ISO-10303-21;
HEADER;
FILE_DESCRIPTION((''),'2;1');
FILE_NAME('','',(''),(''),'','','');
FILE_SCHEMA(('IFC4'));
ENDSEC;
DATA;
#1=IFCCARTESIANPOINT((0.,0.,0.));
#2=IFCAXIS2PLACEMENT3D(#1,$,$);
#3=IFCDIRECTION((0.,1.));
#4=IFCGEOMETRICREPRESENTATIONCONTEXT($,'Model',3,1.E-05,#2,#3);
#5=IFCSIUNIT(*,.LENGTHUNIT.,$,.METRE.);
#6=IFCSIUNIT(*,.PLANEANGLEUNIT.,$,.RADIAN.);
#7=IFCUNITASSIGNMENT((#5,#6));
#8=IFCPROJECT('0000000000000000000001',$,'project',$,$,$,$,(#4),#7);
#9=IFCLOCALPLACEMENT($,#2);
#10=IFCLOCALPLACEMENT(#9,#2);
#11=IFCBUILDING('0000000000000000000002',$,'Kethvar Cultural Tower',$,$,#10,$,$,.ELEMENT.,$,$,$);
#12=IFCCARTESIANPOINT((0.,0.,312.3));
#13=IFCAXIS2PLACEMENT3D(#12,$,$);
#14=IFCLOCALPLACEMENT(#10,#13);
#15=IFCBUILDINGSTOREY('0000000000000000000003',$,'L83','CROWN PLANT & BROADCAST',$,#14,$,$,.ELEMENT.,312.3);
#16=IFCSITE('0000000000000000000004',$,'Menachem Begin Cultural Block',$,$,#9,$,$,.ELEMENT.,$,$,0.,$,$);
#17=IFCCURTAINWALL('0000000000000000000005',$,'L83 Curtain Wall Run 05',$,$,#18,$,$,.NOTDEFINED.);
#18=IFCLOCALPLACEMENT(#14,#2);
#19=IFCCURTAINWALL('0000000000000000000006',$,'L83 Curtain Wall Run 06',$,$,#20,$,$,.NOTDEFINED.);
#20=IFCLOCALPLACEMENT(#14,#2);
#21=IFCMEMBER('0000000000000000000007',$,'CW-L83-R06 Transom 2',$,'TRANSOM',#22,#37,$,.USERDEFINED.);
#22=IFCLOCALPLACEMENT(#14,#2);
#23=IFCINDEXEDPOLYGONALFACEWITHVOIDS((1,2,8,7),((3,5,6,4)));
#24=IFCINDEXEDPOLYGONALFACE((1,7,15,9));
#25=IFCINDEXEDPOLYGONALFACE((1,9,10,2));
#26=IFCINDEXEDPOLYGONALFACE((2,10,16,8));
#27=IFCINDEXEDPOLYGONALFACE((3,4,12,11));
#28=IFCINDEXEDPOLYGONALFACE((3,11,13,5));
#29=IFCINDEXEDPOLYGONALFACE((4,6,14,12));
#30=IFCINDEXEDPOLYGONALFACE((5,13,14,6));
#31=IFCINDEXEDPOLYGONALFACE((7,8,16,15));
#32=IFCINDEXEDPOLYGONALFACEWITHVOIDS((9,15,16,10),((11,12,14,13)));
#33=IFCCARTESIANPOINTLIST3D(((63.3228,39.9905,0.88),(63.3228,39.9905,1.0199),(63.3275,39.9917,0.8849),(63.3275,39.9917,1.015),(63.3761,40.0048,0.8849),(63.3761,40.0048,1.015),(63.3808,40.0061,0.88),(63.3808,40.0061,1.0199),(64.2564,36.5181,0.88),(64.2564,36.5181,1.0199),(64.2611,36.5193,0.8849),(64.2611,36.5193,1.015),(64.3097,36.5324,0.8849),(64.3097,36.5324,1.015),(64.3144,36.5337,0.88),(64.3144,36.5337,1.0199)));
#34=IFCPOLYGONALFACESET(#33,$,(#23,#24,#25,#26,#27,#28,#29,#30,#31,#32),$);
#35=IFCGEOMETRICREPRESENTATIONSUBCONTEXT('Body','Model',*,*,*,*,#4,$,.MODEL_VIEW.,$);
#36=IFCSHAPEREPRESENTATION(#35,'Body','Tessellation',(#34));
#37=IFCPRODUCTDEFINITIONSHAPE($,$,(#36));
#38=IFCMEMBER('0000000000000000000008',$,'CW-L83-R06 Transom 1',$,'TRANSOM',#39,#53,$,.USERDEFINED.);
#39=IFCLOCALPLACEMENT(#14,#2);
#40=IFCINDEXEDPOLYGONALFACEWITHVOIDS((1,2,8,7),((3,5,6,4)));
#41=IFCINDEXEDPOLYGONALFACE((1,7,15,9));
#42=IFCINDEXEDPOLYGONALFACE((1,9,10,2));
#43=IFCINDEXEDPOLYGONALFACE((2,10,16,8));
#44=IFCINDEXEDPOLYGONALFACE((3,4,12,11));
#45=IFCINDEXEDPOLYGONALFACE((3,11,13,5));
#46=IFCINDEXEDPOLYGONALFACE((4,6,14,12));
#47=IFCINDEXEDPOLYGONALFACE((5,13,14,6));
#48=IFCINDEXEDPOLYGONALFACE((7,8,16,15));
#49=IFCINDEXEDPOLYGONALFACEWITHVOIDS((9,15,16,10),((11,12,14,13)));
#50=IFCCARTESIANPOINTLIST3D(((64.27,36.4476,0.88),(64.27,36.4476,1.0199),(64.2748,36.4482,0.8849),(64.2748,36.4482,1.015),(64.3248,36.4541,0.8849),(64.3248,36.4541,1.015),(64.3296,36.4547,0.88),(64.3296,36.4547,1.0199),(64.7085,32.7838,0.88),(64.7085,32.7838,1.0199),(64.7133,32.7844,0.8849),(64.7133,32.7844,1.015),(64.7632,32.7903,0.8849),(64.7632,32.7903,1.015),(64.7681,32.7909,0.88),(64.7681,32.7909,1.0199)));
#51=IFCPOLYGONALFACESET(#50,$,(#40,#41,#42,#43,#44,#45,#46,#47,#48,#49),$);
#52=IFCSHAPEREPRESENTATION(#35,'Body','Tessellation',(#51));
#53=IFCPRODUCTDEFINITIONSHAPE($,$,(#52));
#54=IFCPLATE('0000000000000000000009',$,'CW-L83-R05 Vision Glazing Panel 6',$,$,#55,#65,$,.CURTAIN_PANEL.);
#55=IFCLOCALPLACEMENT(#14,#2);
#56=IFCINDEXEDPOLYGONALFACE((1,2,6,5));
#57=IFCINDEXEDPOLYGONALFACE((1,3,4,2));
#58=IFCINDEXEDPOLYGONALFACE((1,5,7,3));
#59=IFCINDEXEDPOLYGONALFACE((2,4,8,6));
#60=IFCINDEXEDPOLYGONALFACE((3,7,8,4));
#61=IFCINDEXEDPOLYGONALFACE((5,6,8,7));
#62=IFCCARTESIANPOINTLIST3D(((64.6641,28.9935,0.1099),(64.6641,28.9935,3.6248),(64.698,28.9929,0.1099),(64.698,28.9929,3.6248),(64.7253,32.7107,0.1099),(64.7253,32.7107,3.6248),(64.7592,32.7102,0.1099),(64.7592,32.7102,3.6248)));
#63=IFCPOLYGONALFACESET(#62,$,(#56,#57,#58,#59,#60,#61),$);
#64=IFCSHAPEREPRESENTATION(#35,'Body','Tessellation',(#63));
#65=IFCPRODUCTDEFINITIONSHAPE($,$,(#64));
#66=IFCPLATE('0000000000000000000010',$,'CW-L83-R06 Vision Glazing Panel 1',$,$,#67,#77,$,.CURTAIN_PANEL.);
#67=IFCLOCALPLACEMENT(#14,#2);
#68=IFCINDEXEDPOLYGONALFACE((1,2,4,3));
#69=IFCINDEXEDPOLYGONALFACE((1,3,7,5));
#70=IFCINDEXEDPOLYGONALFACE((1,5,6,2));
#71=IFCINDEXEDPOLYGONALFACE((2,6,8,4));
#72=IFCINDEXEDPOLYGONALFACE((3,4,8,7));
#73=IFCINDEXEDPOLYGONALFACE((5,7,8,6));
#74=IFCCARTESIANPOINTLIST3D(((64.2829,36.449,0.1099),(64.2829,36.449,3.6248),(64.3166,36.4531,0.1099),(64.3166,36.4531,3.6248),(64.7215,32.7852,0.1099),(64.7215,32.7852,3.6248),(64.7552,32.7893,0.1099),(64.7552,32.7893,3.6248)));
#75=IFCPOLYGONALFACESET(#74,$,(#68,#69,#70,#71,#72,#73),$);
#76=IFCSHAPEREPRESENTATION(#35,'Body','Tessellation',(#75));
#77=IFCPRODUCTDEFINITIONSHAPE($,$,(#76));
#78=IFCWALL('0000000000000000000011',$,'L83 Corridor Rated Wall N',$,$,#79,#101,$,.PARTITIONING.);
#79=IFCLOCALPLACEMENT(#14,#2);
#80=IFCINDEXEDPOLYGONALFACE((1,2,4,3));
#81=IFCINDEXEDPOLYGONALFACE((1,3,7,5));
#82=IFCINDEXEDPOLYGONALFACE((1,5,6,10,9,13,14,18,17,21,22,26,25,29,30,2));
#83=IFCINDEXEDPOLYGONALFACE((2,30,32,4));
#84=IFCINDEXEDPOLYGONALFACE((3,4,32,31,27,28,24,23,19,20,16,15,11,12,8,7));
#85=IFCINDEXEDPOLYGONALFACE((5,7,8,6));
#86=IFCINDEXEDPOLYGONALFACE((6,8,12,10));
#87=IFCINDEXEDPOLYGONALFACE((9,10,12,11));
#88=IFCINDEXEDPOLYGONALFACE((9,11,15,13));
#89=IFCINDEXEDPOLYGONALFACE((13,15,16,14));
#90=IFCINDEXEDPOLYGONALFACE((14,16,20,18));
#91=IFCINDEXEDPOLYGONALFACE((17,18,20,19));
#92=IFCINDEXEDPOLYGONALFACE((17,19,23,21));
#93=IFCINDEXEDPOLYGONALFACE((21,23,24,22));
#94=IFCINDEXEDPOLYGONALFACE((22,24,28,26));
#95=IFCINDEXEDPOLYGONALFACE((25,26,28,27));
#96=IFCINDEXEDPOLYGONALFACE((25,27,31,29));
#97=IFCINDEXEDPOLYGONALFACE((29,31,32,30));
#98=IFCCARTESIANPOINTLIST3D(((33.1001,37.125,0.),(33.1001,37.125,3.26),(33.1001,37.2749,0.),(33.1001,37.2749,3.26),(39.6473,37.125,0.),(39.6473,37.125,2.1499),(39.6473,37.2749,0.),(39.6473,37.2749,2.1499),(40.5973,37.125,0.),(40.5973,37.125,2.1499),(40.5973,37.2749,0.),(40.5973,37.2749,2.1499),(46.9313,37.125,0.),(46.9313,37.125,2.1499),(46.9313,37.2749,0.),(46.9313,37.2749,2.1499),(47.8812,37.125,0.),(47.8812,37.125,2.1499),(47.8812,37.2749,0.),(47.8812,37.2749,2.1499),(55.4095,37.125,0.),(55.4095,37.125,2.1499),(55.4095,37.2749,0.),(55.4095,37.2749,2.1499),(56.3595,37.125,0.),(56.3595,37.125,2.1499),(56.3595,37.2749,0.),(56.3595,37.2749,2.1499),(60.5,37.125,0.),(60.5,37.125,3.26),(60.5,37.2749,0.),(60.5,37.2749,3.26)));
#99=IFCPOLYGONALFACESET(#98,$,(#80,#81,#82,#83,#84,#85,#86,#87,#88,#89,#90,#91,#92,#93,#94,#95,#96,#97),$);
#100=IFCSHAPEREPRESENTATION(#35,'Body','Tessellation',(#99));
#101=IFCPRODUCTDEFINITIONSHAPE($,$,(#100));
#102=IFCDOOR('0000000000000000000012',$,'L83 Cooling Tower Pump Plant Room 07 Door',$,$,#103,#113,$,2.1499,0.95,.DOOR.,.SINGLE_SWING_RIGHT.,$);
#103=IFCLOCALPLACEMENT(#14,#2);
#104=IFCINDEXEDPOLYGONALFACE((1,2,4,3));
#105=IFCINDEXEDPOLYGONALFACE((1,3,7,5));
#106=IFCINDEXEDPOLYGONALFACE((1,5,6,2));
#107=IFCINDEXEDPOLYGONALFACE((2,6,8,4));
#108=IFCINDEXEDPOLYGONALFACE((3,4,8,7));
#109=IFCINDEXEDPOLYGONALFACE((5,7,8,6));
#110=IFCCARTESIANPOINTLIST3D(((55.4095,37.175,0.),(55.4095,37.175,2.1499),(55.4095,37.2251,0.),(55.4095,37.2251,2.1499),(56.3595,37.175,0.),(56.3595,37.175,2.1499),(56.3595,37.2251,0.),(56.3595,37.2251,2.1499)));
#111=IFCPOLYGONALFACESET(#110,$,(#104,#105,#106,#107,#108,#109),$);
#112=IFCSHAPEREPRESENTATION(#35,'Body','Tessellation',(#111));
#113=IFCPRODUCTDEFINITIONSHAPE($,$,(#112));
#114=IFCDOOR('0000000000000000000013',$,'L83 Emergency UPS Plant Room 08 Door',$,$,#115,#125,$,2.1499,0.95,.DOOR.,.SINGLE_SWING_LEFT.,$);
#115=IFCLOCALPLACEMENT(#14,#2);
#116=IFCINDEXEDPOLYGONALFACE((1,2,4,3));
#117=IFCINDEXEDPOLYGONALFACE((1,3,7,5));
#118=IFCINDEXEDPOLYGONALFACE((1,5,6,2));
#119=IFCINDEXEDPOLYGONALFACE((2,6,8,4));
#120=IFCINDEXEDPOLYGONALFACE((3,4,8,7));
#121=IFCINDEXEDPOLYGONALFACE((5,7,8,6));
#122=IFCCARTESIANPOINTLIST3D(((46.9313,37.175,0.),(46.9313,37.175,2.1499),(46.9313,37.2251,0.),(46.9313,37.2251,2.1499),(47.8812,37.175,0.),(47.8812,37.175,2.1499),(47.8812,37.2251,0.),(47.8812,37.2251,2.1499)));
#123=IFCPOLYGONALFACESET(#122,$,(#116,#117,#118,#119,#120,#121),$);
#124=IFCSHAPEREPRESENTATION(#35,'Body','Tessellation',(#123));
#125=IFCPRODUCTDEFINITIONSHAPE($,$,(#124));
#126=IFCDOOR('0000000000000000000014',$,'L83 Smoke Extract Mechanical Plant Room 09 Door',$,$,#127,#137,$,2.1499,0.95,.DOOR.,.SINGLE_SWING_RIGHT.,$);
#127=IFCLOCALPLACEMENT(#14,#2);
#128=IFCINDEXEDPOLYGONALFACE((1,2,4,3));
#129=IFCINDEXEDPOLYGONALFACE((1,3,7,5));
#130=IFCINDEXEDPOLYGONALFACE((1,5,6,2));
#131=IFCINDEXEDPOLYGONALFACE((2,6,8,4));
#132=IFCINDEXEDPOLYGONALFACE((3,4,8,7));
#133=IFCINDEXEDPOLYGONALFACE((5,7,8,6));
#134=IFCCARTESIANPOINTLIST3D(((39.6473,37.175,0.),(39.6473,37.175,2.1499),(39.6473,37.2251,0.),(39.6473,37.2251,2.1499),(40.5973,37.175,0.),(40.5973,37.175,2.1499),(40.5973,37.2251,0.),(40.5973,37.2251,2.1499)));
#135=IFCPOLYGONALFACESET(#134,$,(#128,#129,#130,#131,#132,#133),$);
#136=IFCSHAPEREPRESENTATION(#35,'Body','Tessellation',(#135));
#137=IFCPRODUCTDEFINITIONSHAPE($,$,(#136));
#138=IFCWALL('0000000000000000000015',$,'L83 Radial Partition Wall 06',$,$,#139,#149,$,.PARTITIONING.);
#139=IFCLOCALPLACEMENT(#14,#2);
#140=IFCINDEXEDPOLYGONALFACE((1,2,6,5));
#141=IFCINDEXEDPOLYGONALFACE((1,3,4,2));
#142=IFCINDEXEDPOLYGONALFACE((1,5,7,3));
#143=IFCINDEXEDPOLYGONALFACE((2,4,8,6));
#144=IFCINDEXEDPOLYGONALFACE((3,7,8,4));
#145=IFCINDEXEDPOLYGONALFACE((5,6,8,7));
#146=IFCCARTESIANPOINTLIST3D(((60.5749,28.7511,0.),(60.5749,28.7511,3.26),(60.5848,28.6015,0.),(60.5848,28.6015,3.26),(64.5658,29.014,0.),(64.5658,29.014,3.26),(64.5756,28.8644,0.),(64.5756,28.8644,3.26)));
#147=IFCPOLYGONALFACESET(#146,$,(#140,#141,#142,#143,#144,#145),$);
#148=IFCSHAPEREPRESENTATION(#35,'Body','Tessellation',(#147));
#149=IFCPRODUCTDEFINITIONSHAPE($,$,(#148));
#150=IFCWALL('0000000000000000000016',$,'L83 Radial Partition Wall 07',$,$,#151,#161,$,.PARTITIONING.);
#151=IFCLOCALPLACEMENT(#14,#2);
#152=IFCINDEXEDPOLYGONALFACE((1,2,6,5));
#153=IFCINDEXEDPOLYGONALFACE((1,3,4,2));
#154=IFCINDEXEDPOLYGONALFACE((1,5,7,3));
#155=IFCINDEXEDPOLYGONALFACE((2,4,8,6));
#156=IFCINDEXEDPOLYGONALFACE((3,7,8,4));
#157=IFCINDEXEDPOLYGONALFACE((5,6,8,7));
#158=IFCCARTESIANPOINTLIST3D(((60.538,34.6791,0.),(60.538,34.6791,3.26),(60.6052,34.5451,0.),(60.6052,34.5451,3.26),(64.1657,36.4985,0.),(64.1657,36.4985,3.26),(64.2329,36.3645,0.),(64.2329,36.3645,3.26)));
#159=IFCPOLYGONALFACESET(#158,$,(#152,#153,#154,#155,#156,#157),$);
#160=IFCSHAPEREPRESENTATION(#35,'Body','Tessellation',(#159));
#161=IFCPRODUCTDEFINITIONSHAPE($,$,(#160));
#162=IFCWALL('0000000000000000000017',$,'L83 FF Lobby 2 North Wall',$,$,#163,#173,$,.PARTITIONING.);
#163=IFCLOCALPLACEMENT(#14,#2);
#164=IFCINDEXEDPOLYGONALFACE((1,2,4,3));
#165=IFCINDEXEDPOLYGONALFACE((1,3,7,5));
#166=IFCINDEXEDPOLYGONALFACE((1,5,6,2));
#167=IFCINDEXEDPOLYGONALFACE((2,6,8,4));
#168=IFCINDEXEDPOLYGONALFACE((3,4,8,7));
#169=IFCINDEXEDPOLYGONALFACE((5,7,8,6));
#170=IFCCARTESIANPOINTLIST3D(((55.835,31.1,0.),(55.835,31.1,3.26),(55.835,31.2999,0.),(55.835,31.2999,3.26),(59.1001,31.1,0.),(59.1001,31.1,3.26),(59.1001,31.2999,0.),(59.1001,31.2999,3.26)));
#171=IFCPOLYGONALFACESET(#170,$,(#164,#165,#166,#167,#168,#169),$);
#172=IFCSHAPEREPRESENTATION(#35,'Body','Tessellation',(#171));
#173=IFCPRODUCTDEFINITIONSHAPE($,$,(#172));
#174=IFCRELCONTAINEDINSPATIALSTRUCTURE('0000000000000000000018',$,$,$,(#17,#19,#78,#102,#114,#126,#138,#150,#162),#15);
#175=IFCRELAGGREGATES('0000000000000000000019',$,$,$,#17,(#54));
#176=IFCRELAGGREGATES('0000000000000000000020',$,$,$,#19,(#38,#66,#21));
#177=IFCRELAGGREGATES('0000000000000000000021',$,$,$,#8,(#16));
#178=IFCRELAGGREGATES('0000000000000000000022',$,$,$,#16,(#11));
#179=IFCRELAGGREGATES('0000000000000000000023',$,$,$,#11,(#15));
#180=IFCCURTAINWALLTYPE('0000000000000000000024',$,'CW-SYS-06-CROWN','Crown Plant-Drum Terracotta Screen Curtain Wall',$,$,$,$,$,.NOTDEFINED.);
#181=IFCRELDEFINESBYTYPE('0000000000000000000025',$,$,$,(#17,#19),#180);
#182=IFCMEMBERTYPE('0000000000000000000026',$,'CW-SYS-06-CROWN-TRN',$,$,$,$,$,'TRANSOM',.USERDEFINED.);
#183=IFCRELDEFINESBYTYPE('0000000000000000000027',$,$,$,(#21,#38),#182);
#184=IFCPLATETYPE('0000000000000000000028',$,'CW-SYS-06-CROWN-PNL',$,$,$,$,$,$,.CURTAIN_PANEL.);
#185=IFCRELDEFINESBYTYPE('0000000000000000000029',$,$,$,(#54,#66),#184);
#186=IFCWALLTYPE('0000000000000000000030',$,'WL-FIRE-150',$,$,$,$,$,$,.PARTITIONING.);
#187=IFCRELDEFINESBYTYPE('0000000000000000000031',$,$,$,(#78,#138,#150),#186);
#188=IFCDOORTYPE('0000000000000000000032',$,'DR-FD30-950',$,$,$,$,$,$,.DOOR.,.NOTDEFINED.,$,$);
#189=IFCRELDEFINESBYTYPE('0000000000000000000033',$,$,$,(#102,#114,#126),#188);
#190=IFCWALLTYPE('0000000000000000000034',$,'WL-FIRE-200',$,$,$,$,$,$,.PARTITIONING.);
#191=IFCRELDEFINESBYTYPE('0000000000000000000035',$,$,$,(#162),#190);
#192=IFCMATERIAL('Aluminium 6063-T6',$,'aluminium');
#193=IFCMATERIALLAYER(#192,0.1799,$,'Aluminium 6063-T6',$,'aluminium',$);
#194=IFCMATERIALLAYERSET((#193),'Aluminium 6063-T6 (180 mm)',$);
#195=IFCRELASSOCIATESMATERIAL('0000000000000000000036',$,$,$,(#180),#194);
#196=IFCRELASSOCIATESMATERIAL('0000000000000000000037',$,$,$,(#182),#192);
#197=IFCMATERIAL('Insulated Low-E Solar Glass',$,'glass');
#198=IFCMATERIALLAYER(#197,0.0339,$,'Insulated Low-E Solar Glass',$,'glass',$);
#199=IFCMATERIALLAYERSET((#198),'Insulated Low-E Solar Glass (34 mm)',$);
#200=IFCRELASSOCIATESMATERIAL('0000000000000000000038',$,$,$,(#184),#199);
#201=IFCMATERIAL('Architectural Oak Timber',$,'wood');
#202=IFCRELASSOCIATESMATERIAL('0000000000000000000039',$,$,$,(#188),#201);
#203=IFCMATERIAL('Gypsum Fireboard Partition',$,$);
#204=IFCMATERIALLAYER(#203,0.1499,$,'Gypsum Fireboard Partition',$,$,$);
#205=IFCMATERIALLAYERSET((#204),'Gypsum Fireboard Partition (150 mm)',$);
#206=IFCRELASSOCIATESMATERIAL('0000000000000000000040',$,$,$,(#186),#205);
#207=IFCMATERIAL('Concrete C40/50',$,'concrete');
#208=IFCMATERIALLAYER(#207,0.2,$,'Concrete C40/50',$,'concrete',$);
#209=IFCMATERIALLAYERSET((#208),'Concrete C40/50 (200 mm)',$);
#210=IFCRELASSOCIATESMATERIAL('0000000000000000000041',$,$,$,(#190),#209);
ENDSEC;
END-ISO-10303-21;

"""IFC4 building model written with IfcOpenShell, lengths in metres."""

from ifc_helpers import new_model, si_unit, direction, frame, frame_2d, origin, origin_2d, place, context, subcontext, project, spatial, rectangle, hollow_rectangle, extrude, source, transform, mapped, material, layer, layer_set, material_profile, profile_set, type_object, element, fill, aggregate, save


model = new_model("IFC4")

# Units and contexts
model_context = context("Model", 3, precision=1e-05, world=origin(), true_north=direction((0.0, 1.0)))
body_context = subcontext(model_context, "Body", "Model", "MODEL_VIEW")
ifc_project = project(units=[si_unit("LENGTHUNIT", "METRE"), si_unit("PLANEANGLEUNIT", "RADIAN")], contexts=[model_context])

# Site, building, storey
site_placement = place(None, origin())
site = spatial("IfcSite", under=ifc_project, at=site_placement, Name="Menachem Begin Cultural Block", CompositionType="ELEMENT", RefElevation=0.0)
building_placement = place(site_placement, origin())
building = spatial("IfcBuilding", under=site, at=building_placement, Name="Kethvar Cultural Tower", CompositionType="ELEMENT")
storey_placement = place(building_placement, frame((0.0, 0.0, 312.3)))
storey = spatial("IfcBuildingStorey", under=building, at=storey_placement, Name="L83", Description="CROWN PLANT & BROADCAST", CompositionType="ELEMENT", Elevation=312.3)

# Curtain walls
ifc_material_1 = material(Name="Aluminium 6063-T6", Category="aluminium")
ifc_layer_1 = layer(ifc_material_1, 0.1799, Name="Aluminium 6063-T6", Category="aluminium")
ifc_layer_set_1 = layer_set([ifc_layer_1], Name="Aluminium 6063-T6 (180 mm)")
curtain_wall_type = type_object("IfcCurtainWallType", Name="CW-SYS-06-CROWN", Description="Crown Plant-Drum Terracotta Screen Curtain Wall", PredefinedType="NOTDEFINED", material=ifc_layer_set_1)
curtain_wall_1_placement = place(storey_placement, origin())
curtain_wall_1 = element("IfcCurtainWall", 1, at=curtain_wall_1_placement, inside=storey, type_object=curtain_wall_type, Name="L83 Curtain Wall Run 05", PredefinedType="NOTDEFINED")
curtain_wall_2_placement = place(storey_placement, origin())
curtain_wall_2 = element("IfcCurtainWall", 2, at=curtain_wall_2_placement, inside=storey, type_object=curtain_wall_type, Name="L83 Curtain Wall Run 06", PredefinedType="NOTDEFINED")

# Members
ifc_material_profile_1 = material_profile(ifc_material_1, hollow_rectangle(XDim=0.0601, YDim=0.1399, WallThickness=0.0049, at=origin_2d()), Name="Aluminium 6063-T6 — RHS140x60x5")
ifc_profile_set_1 = profile_set([ifc_material_profile_1], Name="Aluminium 6063-T6 — RHS140x60x5")
member_type_1 = type_object("IfcMemberType", Name="CW-SYS-06-CROWN-TRN", ElementType="TRANSOM", PredefinedType="USERDEFINED", material=ifc_profile_set_1)
shared_shape_1 = source(origin(), body_context, "Body", "SweptSolid", [
    extrude(hollow_rectangle(XDim=0.0601, YDim=0.1399, WallThickness=0.0049, at=origin_2d()), origin(), (0.0, 0.0, 1.0), 3.5957),
])
member_1_placement = place(storey_placement, frame((64.2854, 36.5259, 0.95), z_axis=(-0.25964, 0.965706, 0.0), x_axis=(-0.965706, -0.25964, 0.0)))
member_1 = element("IfcMember", 3, at=member_1_placement, type_object=member_type_1, Name="CW-L83-R06 Transom 2", ObjectType="TRANSOM", PredefinedType="USERDEFINED", context=body_context, shape_type="MappedRepresentation", body=[
    mapped(shared_shape_1, transform((0.0, 0.0, 0.0), scale=1.0)),
])
shared_shape_2 = source(origin(), body_context, "Body", "SweptSolid", [
    extrude(hollow_rectangle(XDim=0.0601, YDim=0.1399, WallThickness=0.0049, at=origin_2d()), origin(), (0.0, 0.0, 1.0), 3.6899),
])
member_2_placement = place(storey_placement, frame((64.7383, 32.7874, 0.95), z_axis=(-0.11883, 0.992915, 0.0), x_axis=(-0.992915, -0.11883, 0.0)))
member_2 = element("IfcMember", 4, at=member_2_placement, type_object=member_type_1, Name="CW-L83-R06 Transom 1", ObjectType="TRANSOM", PredefinedType="USERDEFINED", context=body_context, shape_type="MappedRepresentation", body=[
    mapped(shared_shape_2, transform((0.0, 0.0, 0.0), scale=1.0)),
])

# Plates
ifc_material_2 = material(Name="Insulated Low-E Solar Glass", Category="glass")
ifc_layer_2 = layer(ifc_material_2, 0.0339, Name="Insulated Low-E Solar Glass", Category="glass")
ifc_layer_set_2 = layer_set([ifc_layer_2], Name="Insulated Low-E Solar Glass (34 mm)")
plate_type = type_object("IfcPlateType", Name="CW-SYS-06-CROWN-PNL", PredefinedType="CURTAIN_PANEL", material=ifc_layer_set_2)
shared_shape_3 = source(origin(), body_context, "Body", "SweptSolid", [
    extrude(rectangle(XDim=3.7178, YDim=0.0339, at=origin_2d()), origin(), (0.0, 0.0, 1.0), 3.5149),
])
plate_1_placement = place(storey_placement, frame((64.7117, 30.8518, 0.1099), z_axis=(0.0, 0.0, 1.0), x_axis=(0.016458, 0.999865, 0.0)))
plate_1 = element("IfcPlate", 5, at=plate_1_placement, type_object=plate_type, Name="CW-L83-R05 Vision Glazing Panel 6", PredefinedType="CURTAIN_PANEL", context=body_context, shape_type="MappedRepresentation", body=[
    mapped(shared_shape_3, transform((0.0, 0.0, 0.0), scale=1.0)),
])
aggregate(curtain_wall_1, [plate_1])
shared_shape_4 = source(origin(), body_context, "Body", "SweptSolid", [
    extrude(rectangle(XDim=3.6899, YDim=0.0339, at=origin_2d()), origin(), (0.0, 0.0, 1.0), 3.5149),
])
plate_2_placement = place(storey_placement, frame((64.519, 34.6191, 0.1099), z_axis=(0.0, 0.0, 1.0), x_axis=(-0.118855, 0.992912, 0.0)))
plate_2 = element("IfcPlate", 6, at=plate_2_placement, type_object=plate_type, Name="CW-L83-R06 Vision Glazing Panel 1", PredefinedType="CURTAIN_PANEL", context=body_context, shape_type="MappedRepresentation", body=[
    mapped(shared_shape_4, transform((0.0, 0.0, 0.0), scale=1.0)),
])
aggregate(curtain_wall_2, [member_2, plate_2, member_1])

# Wall, openings, doors
ifc_material_3 = material(Name="Architectural Oak Timber", Category="wood")
door_type_1 = type_object("IfcDoorType", Name="DR-FD30-950", OperationType="NOTDEFINED", PredefinedType="DOOR", material=ifc_material_3)
shared_shape_5 = source(origin(), body_context, "Body", "SweptSolid", [
    extrude(rectangle(XDim=0.95, YDim=2.1499, at=frame_2d((0.4751, 1.075))), frame((0.0, 0.0249, 0.0), z_axis=(0.0, -1.0, 0.0), x_axis=(1.0, 0.0, 0.0)), (0.0, 0.0, 1.0), 0.05),
])
ifc_material_4 = material(Name="Gypsum Fireboard Partition")
ifc_layer_3 = layer(ifc_material_4, 0.1499, Name="Gypsum Fireboard Partition")
ifc_layer_set_3 = layer_set([ifc_layer_3], Name="Gypsum Fireboard Partition (150 mm)")
wall_type_1 = type_object("IfcWallType", Name="WL-FIRE-150", PredefinedType="PARTITIONING", material=ifc_layer_set_3)
wall_1_placement = place(storey_placement, frame((60.5, 37.2, 0.0), z_axis=(0.0, 0.0, 1.0), x_axis=(-1.0, 0.0, 0.0)))
wall_1 = element("IfcWall", 7, at=wall_1_placement, inside=storey, type_object=wall_type_1, Name="L83 Corridor Rated Wall N", PredefinedType="PARTITIONING", context=body_context, shape_type="SweptSolid", body=[
    extrude(rectangle(XDim=27.3999, YDim=0.1499, at=frame_2d((13.7, 0.0))), origin(), (0.0, 0.0, 1.0), 3.26),
])
opening_1_placement = place(wall_1_placement, frame((4.1404, 0.0, 0.0)))
opening_1 = element("IfcOpeningElement", 8, at=opening_1_placement, cuts=wall_1, PredefinedType="OPENING", context=body_context, shape_type="SweptSolid", body=[
    extrude(rectangle(XDim=0.95, YDim=2.1499, at=frame_2d((0.4751, 1.075))), frame((0.0, 0.085, 0.0), z_axis=(0.0, -1.0, 0.0), x_axis=(1.0, 0.0, 0.0)), (0.0, 0.0, 1.0), 0.1699),
])
opening_2_placement = place(wall_1_placement, frame((12.6187, 0.0, 0.0)))
opening_2 = element("IfcOpeningElement", 9, at=opening_2_placement, cuts=wall_1, PredefinedType="OPENING", context=body_context, shape_type="SweptSolid", body=[
    extrude(rectangle(XDim=0.95, YDim=2.1499, at=frame_2d((0.4751, 1.075))), frame((0.0, 0.085, 0.0), z_axis=(0.0, -1.0, 0.0), x_axis=(1.0, 0.0, 0.0)), (0.0, 0.0, 1.0), 0.1699),
])
opening_3_placement = place(wall_1_placement, frame((19.9026, 0.0, 0.0)))
opening_3 = element("IfcOpeningElement", 10, at=opening_3_placement, cuts=wall_1, PredefinedType="OPENING", context=body_context, shape_type="SweptSolid", body=[
    extrude(rectangle(XDim=0.95, YDim=2.1499, at=frame_2d((0.4751, 1.075))), frame((0.0, 0.085, 0.0), z_axis=(0.0, -1.0, 0.0), x_axis=(1.0, 0.0, 0.0)), (0.0, 0.0, 1.0), 0.1699),
])
door_1_placement = place(opening_1_placement, origin())
door_1 = element("IfcDoor", 11, at=door_1_placement, inside=storey, type_object=door_type_1, Name="L83 Cooling Tower Pump Plant Room 07 Door", OperationType="SINGLE_SWING_RIGHT", OverallHeight=2.1499, OverallWidth=0.95, PredefinedType="DOOR", context=body_context, shape_type="MappedRepresentation", body=[
    mapped(shared_shape_5, transform((0.0, 0.0, 0.0), scale=1.0)),
])
fill(opening_1, door_1)
door_2_placement = place(opening_2_placement, origin())
door_2 = element("IfcDoor", 12, at=door_2_placement, inside=storey, type_object=door_type_1, Name="L83 Emergency UPS Plant Room 08 Door", OperationType="SINGLE_SWING_LEFT", OverallHeight=2.1499, OverallWidth=0.95, PredefinedType="DOOR", context=body_context, shape_type="MappedRepresentation", body=[
    mapped(shared_shape_5, transform((0.0, 0.0, 0.0), scale=1.0)),
])
fill(opening_2, door_2)
door_3_placement = place(opening_3_placement, origin())
door_3 = element("IfcDoor", 13, at=door_3_placement, inside=storey, type_object=door_type_1, Name="L83 Smoke Extract Mechanical Plant Room 09 Door", OperationType="SINGLE_SWING_RIGHT", OverallHeight=2.1499, OverallWidth=0.95, PredefinedType="DOOR", context=body_context, shape_type="MappedRepresentation", body=[
    mapped(shared_shape_5, transform((0.0, 0.0, 0.0), scale=1.0)),
])
fill(opening_3, door_3)

# Walls
wall_2_placement = place(storey_placement, frame((60.5798, 28.6763, 0.0), z_axis=(0.0, 0.0, 1.0), x_axis=(0.997837, 0.065741, 0.0)))
element("IfcWall", 14, at=wall_2_placement, inside=storey, type_object=wall_type_1, Name="L83 Radial Partition Wall 06", PredefinedType="PARTITIONING", context=body_context, shape_type="SweptSolid", body=[
    extrude(rectangle(XDim=3.9995, YDim=0.1499, at=frame_2d((1.9998, 0.0))), origin(), (0.0, 0.0, 1.0), 3.26),
])
wall_3_placement = place(storey_placement, frame((60.5715, 34.6121, 0.0), z_axis=(0.0, 0.0, 1.0), x_axis=(0.893885, 0.448296, 0.0)))
element("IfcWall", 15, at=wall_3_placement, inside=storey, type_object=wall_type_1, Name="L83 Radial Partition Wall 07", PredefinedType="PARTITIONING", context=body_context, shape_type="SweptSolid", body=[
    extrude(rectangle(XDim=4.0583, YDim=0.1499, at=frame_2d((2.0293, 0.0))), origin(), (0.0, 0.0, 1.0), 3.26),
])
ifc_material_5 = material(Name="Concrete C40/50", Category="concrete")
ifc_layer_4 = layer(ifc_material_5, 0.2, Name="Concrete C40/50", Category="concrete")
ifc_layer_set_4 = layer_set([ifc_layer_4], Name="Concrete C40/50 (200 mm)")
wall_type_2 = type_object("IfcWallType", Name="WL-FIRE-200", PredefinedType="PARTITIONING", material=ifc_layer_set_4)
wall_4_placement = place(storey_placement, frame((55.835, 31.2, 0.0), z_axis=(0.0, 0.0, 1.0), x_axis=(1.0, 0.0, 0.0)))
element("IfcWall", 16, at=wall_4_placement, inside=storey, type_object=wall_type_2, Name="L83 FF Lobby 2 North Wall", PredefinedType="PARTITIONING", context=body_context, shape_type="SweptSolid", body=[
    extrude(rectangle(XDim=3.2651, YDim=0.2, at=frame_2d((1.6326, 0.0))), origin(), (0.0, 0.0, 1.0), 3.26),
])

save(model, "model.ifc")
